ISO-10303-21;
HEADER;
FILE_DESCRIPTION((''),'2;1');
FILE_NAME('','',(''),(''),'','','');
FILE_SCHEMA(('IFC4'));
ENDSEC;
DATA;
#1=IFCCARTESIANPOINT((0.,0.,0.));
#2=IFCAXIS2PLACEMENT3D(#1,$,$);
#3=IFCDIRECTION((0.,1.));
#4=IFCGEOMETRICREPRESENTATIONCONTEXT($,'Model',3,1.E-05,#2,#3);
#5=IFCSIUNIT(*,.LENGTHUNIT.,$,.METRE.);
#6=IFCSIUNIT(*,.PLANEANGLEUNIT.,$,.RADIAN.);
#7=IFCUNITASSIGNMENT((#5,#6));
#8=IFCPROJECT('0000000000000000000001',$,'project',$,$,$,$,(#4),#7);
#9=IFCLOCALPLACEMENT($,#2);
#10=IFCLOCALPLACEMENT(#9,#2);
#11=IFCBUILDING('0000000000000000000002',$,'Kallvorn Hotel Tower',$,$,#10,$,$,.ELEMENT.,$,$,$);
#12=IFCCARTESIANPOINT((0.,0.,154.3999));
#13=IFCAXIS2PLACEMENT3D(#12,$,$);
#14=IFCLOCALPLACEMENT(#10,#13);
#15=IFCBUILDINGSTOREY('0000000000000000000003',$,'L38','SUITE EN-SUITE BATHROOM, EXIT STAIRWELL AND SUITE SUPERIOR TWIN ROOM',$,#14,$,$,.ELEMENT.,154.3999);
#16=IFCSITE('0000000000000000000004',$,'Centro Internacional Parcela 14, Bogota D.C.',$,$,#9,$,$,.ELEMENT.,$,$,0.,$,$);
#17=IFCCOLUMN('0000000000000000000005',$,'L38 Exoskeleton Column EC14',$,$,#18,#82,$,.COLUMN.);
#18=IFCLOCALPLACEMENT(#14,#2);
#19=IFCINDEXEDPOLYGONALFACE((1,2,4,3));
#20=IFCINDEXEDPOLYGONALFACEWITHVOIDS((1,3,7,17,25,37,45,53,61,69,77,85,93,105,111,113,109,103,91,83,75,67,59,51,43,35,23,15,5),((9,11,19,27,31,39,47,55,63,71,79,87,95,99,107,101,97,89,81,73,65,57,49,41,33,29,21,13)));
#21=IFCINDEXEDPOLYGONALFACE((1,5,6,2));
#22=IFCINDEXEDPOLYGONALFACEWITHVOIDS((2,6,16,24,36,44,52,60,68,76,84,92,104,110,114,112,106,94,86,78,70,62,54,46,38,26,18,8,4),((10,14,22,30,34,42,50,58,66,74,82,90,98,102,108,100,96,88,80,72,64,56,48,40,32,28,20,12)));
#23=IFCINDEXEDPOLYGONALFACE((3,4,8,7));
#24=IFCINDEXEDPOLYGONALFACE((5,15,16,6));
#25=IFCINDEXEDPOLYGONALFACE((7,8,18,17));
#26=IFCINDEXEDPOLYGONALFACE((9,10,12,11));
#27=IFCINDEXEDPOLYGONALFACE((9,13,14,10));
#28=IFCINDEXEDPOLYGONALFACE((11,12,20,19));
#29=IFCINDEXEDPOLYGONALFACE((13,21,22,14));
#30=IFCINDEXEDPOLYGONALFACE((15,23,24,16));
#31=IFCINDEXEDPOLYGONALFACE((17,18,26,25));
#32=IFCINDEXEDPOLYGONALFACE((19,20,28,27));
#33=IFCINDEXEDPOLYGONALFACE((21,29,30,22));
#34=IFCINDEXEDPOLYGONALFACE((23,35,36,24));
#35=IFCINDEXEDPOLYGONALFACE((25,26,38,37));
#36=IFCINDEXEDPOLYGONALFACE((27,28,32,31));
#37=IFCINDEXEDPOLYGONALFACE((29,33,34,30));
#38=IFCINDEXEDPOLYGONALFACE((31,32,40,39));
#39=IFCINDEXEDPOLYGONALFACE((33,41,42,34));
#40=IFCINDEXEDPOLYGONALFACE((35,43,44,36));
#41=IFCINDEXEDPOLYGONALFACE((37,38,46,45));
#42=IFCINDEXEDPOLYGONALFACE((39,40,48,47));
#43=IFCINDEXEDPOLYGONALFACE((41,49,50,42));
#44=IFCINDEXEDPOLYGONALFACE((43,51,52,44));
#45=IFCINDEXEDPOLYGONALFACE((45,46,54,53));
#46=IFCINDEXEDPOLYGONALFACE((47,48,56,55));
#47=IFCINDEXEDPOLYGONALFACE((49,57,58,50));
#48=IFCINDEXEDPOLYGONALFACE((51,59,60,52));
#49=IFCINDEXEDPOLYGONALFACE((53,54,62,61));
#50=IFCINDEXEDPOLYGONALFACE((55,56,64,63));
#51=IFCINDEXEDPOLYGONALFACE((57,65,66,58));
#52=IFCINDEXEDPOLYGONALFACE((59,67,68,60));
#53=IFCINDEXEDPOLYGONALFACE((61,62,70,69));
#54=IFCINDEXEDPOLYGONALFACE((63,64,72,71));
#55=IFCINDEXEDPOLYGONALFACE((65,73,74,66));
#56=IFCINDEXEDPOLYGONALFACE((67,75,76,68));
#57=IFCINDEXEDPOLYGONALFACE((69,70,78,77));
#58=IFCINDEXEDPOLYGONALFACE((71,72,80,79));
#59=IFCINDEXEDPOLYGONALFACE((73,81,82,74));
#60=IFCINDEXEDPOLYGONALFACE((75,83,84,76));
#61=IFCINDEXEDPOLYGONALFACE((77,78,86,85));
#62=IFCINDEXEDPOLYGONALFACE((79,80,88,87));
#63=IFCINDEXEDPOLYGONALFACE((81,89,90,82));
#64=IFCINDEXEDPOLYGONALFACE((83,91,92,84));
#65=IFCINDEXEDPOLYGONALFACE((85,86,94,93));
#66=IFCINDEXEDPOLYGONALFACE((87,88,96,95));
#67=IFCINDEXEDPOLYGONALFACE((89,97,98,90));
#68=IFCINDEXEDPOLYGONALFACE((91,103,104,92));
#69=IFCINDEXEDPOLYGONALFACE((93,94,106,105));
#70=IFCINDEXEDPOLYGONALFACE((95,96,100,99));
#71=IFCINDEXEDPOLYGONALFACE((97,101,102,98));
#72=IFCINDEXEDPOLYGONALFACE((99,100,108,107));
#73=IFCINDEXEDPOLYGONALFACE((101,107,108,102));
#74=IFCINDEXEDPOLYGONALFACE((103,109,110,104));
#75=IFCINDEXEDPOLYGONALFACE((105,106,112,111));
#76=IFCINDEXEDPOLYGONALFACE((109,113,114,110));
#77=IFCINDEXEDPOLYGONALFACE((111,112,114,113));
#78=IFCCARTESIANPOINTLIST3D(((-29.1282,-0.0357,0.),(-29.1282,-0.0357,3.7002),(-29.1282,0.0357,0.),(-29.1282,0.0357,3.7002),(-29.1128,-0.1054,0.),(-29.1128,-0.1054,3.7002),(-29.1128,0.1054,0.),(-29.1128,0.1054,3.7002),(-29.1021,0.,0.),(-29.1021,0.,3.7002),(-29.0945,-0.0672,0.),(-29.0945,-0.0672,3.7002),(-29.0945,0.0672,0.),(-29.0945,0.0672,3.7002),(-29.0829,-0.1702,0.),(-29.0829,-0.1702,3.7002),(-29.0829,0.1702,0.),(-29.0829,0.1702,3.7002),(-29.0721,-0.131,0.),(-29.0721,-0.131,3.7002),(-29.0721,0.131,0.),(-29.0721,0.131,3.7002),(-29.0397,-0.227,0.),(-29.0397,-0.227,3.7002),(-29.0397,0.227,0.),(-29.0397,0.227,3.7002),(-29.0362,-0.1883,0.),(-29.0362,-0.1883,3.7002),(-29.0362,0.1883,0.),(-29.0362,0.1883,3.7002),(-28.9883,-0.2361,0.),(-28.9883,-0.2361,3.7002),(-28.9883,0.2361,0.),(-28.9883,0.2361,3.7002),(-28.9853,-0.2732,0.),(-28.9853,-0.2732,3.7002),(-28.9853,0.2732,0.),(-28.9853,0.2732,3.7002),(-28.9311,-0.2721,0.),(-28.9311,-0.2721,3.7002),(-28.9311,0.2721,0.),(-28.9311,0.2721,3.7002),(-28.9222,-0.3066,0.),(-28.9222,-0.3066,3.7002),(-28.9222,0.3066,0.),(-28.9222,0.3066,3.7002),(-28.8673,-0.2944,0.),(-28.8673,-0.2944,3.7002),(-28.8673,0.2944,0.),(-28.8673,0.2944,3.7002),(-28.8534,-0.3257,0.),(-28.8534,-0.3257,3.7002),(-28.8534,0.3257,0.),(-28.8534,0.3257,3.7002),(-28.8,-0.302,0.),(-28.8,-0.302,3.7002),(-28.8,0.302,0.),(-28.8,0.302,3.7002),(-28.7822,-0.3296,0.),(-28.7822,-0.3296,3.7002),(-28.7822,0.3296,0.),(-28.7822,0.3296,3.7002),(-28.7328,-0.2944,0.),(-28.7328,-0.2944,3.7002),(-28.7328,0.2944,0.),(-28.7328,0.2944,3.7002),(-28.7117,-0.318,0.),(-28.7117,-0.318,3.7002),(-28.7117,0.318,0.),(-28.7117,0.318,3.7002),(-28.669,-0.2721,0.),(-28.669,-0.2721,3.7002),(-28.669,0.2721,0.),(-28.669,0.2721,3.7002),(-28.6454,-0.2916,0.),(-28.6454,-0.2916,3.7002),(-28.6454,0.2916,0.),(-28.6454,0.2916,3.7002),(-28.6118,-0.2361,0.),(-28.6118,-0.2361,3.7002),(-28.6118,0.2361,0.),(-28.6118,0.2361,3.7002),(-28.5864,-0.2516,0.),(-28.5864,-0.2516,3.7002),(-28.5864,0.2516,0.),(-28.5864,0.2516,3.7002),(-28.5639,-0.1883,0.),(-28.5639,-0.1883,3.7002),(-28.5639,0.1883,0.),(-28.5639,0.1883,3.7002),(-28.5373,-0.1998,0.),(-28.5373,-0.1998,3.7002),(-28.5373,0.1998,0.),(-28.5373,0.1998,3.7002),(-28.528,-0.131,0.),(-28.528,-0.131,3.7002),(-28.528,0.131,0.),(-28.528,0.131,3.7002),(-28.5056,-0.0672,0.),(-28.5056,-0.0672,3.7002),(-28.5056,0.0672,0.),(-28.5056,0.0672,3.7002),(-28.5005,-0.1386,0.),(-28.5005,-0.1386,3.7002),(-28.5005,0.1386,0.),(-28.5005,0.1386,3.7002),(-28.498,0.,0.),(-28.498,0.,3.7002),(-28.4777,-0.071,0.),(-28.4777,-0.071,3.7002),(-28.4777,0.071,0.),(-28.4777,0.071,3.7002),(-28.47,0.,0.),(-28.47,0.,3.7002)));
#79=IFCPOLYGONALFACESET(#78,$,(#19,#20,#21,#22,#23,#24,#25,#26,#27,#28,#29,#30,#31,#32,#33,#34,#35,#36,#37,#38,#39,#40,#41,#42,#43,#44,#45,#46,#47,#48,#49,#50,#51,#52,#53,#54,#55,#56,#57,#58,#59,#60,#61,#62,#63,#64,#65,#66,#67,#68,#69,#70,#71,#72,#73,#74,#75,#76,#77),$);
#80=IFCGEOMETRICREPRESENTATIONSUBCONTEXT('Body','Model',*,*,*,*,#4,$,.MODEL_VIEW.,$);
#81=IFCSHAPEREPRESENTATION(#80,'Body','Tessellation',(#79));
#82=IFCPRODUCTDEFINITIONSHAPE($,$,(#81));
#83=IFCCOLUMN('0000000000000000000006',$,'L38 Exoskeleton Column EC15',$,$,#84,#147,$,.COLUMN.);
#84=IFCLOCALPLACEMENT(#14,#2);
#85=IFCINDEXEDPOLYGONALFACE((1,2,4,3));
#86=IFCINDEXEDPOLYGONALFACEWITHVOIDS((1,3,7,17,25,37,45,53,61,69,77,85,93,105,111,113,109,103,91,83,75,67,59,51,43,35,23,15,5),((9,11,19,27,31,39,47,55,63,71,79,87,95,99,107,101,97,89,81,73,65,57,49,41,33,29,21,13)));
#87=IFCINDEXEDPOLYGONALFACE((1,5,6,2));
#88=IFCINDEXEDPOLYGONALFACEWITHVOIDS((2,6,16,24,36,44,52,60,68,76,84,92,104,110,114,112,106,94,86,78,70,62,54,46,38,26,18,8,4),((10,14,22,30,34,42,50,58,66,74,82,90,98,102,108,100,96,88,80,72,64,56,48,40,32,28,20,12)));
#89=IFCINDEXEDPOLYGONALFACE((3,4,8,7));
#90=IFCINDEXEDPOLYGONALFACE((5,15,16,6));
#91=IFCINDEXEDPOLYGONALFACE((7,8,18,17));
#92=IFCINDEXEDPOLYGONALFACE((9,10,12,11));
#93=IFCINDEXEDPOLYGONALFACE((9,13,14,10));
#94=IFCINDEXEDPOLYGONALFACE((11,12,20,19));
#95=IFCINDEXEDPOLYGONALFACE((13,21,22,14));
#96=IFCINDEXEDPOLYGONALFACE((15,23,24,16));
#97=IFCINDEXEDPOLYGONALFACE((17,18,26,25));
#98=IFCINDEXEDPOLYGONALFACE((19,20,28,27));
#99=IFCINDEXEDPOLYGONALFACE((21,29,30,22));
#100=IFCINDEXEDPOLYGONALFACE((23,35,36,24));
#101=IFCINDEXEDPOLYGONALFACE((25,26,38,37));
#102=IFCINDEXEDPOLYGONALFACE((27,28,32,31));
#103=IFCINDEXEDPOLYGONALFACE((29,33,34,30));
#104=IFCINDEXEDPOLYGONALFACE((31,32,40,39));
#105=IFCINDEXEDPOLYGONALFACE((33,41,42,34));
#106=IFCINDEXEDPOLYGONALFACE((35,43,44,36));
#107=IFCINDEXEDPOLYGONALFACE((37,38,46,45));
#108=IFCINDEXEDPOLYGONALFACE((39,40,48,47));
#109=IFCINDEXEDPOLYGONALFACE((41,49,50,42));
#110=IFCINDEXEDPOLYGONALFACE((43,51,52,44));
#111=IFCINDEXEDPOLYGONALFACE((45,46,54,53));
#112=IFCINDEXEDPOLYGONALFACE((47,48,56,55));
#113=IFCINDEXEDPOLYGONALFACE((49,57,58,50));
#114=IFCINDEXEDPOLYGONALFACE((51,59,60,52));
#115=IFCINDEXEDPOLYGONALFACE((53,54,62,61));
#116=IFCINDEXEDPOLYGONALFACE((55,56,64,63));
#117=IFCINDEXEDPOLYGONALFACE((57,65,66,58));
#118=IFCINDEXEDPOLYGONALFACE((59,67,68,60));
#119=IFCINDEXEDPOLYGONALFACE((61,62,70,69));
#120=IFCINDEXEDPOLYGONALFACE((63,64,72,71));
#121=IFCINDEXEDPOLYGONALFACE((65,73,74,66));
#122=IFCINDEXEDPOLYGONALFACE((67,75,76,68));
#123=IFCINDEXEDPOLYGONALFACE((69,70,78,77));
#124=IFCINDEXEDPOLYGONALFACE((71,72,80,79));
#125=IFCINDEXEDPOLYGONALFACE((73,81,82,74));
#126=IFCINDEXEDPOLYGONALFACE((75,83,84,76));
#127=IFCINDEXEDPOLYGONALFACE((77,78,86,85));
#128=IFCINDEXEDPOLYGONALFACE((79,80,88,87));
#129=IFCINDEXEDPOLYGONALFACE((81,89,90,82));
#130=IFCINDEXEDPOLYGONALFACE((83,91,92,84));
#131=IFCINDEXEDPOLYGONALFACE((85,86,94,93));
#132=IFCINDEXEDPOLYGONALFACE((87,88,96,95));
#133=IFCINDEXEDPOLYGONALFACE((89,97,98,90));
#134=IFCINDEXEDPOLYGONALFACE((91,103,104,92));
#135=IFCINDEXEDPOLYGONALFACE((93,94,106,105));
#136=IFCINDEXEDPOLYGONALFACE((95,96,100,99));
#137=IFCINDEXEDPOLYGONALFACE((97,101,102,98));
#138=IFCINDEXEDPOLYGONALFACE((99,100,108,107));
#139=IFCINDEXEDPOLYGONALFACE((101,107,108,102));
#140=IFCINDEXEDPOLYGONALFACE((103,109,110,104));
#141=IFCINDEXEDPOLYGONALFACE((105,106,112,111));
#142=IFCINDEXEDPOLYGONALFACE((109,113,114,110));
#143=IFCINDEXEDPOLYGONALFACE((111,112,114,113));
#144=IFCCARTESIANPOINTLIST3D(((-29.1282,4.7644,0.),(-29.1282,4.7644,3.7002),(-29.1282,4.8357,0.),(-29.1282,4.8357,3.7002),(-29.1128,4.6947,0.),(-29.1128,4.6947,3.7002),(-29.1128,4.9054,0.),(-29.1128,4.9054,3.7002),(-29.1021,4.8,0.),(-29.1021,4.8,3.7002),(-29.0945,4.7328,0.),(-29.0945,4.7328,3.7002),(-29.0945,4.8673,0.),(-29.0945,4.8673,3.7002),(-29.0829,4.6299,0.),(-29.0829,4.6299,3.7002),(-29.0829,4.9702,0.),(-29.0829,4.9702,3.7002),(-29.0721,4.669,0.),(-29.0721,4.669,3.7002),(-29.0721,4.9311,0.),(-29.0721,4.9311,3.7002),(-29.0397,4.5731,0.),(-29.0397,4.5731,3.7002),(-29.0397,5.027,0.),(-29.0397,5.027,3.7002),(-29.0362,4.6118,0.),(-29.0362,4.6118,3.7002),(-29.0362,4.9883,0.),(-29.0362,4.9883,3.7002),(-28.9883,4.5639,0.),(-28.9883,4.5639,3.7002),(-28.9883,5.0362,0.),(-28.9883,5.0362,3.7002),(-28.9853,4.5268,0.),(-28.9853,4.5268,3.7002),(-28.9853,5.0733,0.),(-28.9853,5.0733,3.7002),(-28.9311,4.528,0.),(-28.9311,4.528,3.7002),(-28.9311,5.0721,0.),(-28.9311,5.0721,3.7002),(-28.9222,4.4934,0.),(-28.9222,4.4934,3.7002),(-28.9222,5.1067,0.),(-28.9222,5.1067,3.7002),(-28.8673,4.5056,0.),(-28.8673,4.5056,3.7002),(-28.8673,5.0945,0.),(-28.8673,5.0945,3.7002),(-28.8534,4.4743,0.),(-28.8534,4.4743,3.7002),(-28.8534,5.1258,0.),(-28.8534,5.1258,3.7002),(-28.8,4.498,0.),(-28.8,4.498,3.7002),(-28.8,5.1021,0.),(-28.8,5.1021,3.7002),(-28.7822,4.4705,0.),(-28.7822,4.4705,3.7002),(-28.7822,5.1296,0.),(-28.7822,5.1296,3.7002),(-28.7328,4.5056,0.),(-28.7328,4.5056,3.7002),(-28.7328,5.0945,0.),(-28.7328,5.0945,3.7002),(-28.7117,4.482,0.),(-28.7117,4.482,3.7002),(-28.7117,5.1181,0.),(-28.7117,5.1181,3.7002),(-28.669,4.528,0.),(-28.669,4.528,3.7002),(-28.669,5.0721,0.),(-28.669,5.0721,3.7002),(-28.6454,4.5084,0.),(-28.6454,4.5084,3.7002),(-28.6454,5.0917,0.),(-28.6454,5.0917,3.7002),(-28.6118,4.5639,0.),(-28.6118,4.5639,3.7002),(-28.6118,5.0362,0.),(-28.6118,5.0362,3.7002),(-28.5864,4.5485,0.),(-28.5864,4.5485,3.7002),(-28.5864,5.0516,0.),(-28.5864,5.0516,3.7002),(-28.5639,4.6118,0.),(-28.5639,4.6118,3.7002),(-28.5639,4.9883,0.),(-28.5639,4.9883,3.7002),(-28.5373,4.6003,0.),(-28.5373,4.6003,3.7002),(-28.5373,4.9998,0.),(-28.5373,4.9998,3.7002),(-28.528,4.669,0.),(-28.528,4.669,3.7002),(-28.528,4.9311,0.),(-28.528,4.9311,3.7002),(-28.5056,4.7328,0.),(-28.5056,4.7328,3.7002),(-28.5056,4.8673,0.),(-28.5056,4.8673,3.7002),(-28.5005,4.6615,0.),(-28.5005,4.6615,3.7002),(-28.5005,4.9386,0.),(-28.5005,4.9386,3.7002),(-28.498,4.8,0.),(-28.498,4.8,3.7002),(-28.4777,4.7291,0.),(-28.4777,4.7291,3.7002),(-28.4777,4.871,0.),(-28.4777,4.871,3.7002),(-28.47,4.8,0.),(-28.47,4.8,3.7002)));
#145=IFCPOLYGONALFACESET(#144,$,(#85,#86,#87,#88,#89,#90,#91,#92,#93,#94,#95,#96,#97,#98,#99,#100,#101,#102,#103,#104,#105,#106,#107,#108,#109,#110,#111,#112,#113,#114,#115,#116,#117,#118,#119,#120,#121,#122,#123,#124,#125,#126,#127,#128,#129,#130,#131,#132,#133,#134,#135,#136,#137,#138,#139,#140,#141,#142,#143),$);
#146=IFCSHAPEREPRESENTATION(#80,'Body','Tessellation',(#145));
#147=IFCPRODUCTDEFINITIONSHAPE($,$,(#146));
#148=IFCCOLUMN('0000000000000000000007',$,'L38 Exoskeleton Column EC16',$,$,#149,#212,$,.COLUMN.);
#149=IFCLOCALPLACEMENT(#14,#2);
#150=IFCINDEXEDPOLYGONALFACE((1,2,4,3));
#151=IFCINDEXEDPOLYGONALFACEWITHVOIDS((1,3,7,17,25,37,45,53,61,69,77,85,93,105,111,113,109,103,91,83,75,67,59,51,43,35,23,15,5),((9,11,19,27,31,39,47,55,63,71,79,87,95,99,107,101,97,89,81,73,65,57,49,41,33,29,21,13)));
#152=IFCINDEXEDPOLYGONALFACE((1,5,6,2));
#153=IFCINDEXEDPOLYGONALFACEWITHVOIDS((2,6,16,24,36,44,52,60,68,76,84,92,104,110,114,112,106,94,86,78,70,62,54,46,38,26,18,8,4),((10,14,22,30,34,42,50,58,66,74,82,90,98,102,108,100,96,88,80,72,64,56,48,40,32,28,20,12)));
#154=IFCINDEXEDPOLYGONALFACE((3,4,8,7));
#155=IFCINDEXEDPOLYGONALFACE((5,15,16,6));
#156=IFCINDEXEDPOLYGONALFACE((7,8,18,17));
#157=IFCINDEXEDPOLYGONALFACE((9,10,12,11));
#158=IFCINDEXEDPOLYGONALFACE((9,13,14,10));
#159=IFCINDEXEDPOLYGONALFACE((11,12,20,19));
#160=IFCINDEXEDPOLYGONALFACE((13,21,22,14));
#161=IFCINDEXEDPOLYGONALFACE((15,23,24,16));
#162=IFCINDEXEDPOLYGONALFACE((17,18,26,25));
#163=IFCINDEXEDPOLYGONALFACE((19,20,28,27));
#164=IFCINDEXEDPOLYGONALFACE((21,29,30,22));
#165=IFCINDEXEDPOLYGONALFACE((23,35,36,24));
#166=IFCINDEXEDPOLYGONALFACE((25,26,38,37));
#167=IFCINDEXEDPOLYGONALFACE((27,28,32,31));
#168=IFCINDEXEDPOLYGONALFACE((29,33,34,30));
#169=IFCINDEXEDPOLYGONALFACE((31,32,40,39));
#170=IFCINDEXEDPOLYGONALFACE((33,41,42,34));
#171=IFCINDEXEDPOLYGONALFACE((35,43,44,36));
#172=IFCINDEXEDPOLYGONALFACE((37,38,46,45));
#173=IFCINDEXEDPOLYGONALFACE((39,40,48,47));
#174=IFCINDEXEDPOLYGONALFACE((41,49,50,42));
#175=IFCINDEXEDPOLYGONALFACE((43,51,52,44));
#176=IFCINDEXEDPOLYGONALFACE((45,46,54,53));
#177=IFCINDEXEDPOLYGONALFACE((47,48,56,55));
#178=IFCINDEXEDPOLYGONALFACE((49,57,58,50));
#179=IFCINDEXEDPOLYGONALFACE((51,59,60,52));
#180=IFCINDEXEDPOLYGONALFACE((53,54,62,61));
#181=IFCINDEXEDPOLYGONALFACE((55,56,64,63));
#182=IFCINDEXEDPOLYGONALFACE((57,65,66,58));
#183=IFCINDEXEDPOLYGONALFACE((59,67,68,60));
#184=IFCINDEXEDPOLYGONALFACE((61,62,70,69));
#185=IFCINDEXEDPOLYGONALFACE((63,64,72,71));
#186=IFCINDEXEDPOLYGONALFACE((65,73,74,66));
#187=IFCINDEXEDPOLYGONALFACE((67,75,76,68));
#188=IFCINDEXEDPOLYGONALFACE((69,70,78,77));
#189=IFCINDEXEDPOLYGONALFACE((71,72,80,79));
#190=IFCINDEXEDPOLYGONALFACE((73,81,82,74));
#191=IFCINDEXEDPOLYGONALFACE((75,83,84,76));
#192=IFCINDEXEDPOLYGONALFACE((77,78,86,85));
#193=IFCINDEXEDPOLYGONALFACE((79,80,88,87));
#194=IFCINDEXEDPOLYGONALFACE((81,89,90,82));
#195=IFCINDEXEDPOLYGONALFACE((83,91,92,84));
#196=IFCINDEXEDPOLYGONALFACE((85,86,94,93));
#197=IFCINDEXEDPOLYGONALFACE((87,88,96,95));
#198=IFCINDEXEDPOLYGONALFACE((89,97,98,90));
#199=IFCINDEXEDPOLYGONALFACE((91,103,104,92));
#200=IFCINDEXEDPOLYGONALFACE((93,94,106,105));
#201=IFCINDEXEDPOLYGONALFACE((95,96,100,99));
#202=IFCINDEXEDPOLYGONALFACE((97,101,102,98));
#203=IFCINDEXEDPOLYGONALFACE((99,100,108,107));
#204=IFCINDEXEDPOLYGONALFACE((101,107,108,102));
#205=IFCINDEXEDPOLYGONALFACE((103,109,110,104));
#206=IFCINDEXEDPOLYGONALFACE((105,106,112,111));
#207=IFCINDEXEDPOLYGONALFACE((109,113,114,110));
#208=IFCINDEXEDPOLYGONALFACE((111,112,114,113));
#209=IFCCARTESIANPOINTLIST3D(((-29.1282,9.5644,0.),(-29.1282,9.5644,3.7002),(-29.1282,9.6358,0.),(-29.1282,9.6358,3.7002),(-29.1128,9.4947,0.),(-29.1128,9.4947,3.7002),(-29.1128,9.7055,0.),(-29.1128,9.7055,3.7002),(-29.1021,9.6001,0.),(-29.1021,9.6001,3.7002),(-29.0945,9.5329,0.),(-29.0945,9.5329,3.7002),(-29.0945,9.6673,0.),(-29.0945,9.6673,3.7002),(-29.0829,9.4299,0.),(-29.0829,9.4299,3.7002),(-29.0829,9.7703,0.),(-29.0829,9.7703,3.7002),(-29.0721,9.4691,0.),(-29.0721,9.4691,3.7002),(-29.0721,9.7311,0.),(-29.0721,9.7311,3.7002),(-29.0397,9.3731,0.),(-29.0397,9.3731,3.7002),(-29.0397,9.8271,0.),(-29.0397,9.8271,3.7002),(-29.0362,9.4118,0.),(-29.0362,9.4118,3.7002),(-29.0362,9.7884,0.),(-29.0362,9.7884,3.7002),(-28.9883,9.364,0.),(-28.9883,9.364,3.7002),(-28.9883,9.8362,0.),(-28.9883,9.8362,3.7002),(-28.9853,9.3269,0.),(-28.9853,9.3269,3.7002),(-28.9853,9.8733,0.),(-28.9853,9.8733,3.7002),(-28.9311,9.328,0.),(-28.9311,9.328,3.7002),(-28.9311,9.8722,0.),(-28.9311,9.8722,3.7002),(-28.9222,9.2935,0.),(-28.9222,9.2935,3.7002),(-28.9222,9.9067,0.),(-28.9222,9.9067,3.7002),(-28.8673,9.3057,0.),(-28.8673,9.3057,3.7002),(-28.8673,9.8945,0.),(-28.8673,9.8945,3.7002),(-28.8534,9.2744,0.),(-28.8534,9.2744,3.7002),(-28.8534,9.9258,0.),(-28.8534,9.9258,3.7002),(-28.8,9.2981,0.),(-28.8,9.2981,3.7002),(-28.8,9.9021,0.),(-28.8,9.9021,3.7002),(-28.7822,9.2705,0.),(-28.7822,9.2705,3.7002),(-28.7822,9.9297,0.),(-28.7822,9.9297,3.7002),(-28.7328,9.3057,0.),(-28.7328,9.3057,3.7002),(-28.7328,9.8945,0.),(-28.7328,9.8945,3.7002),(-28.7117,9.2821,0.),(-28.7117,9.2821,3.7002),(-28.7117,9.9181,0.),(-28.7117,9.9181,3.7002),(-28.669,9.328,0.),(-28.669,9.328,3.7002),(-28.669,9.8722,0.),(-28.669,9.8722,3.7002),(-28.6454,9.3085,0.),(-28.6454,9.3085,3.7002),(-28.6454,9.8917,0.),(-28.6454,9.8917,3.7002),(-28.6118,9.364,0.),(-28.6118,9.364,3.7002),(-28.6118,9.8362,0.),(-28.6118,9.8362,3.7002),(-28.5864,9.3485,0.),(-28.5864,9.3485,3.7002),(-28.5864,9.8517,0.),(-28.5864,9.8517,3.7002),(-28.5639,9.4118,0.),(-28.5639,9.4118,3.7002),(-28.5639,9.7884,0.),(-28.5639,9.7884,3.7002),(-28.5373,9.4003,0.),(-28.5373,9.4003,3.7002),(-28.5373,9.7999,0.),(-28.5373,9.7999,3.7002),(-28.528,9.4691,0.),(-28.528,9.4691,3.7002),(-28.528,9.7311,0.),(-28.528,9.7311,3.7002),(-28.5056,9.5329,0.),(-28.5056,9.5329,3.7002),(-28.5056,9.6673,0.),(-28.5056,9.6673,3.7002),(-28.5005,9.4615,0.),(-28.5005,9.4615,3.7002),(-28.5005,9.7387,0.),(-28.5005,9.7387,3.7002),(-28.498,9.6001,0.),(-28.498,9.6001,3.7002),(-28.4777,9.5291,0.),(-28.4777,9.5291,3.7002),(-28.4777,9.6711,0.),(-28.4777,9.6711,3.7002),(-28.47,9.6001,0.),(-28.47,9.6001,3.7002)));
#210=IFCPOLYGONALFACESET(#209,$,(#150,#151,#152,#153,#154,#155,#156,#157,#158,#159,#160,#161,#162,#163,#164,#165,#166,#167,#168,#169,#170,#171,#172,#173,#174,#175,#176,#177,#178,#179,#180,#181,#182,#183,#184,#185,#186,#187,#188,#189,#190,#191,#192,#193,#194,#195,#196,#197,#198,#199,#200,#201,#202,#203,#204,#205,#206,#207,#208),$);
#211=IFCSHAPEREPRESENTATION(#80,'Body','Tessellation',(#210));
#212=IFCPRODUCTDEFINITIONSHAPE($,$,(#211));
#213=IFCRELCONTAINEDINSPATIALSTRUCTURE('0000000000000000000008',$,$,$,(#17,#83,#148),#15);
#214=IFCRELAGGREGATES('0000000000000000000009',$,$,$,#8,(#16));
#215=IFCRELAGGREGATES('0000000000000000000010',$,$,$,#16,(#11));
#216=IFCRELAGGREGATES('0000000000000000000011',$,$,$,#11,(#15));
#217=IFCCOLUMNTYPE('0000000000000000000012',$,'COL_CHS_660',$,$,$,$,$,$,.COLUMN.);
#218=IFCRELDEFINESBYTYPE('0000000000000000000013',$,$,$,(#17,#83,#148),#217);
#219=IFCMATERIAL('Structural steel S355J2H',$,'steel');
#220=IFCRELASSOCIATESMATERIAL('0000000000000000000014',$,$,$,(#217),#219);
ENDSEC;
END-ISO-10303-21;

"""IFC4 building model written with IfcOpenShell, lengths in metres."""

from ifc_helpers import new_model, si_unit, direction, frame, origin, origin_2d, place, context, subcontext, project, spatial, hollow_circle, extrude, material, material_profile, profile_set, type_object, element, save


model = new_model("IFC4")

# Units and contexts
model_context = context("Model", 3, precision=1e-05, world=origin(), true_north=direction((0.0, 1.0)))
body_context = subcontext(model_context, "Body", "Model", "MODEL_VIEW")
ifc_project = project(units=[si_unit("LENGTHUNIT", "METRE"), si_unit("PLANEANGLEUNIT", "RADIAN")], contexts=[model_context])

# Site, building, storey
site_placement = place(None, origin())
site = spatial("IfcSite", under=ifc_project, at=site_placement, Name="Centro Internacional Parcela 14, Bogota D.C.", CompositionType="ELEMENT", RefElevation=0.0)
building_placement = place(site_placement, origin())
building = spatial("IfcBuilding", under=site, at=building_placement, Name="Kallvorn Hotel Tower", CompositionType="ELEMENT")
storey_placement = place(building_placement, frame((0.0, 0.0, 154.3999)))
storey = spatial("IfcBuildingStorey", under=building, at=storey_placement, Name="L38", Description="SUITE EN-SUITE BATHROOM, EXIT STAIRWELL AND SUITE SUPERIOR TWIN ROOM", CompositionType="ELEMENT", Elevation=154.3999)

# Columns
ifc_material_1 = material(Name="Structural steel S355J2H", Category="steel")
ifc_material_profile_1 = material_profile(ifc_material_1, hollow_circle(Radius=0.3301, WallThickness=0.0281, at=origin_2d()), Name="CHS 660x28")
ifc_profile_set_1 = profile_set([ifc_material_profile_1], Name="Structural steel S355J2H")
column_type_1 = type_object("IfcColumnType", Name="COL_CHS_660", PredefinedType="COLUMN", material=ifc_profile_set_1)
for number, where, z_axis, x_axis, name in (
    (1, (-28.8, 0.0, 0.0), (0.0, 0.0, 1.0), (1.0, 0.0, 0.0), "L38 Exoskeleton Column EC14"),
    (2, (-28.8, 4.8, 0.0), (0.0, 0.0, 1.0), (1.0, 0.0, 0.0), "L38 Exoskeleton Column EC15"),
    (3, (-28.8, 9.6001, 0.0), (0.0, 0.0, 1.0), (1.0, 0.0, 0.0), "L38 Exoskeleton Column EC16"),
):
    element("IfcColumn", number, at=place(storey_placement, frame(where, z_axis=z_axis, x_axis=x_axis)), inside=storey, type_object=column_type_1, Name=name, PredefinedType="COLUMN", context=body_context, shape_type="SweptSolid", body=[
        extrude(hollow_circle(Radius=0.3301, WallThickness=0.0281, at=origin_2d()), origin(), (0.0, 0.0, 1.0), 3.7002),
    ])

save(model, "model.ifc")
